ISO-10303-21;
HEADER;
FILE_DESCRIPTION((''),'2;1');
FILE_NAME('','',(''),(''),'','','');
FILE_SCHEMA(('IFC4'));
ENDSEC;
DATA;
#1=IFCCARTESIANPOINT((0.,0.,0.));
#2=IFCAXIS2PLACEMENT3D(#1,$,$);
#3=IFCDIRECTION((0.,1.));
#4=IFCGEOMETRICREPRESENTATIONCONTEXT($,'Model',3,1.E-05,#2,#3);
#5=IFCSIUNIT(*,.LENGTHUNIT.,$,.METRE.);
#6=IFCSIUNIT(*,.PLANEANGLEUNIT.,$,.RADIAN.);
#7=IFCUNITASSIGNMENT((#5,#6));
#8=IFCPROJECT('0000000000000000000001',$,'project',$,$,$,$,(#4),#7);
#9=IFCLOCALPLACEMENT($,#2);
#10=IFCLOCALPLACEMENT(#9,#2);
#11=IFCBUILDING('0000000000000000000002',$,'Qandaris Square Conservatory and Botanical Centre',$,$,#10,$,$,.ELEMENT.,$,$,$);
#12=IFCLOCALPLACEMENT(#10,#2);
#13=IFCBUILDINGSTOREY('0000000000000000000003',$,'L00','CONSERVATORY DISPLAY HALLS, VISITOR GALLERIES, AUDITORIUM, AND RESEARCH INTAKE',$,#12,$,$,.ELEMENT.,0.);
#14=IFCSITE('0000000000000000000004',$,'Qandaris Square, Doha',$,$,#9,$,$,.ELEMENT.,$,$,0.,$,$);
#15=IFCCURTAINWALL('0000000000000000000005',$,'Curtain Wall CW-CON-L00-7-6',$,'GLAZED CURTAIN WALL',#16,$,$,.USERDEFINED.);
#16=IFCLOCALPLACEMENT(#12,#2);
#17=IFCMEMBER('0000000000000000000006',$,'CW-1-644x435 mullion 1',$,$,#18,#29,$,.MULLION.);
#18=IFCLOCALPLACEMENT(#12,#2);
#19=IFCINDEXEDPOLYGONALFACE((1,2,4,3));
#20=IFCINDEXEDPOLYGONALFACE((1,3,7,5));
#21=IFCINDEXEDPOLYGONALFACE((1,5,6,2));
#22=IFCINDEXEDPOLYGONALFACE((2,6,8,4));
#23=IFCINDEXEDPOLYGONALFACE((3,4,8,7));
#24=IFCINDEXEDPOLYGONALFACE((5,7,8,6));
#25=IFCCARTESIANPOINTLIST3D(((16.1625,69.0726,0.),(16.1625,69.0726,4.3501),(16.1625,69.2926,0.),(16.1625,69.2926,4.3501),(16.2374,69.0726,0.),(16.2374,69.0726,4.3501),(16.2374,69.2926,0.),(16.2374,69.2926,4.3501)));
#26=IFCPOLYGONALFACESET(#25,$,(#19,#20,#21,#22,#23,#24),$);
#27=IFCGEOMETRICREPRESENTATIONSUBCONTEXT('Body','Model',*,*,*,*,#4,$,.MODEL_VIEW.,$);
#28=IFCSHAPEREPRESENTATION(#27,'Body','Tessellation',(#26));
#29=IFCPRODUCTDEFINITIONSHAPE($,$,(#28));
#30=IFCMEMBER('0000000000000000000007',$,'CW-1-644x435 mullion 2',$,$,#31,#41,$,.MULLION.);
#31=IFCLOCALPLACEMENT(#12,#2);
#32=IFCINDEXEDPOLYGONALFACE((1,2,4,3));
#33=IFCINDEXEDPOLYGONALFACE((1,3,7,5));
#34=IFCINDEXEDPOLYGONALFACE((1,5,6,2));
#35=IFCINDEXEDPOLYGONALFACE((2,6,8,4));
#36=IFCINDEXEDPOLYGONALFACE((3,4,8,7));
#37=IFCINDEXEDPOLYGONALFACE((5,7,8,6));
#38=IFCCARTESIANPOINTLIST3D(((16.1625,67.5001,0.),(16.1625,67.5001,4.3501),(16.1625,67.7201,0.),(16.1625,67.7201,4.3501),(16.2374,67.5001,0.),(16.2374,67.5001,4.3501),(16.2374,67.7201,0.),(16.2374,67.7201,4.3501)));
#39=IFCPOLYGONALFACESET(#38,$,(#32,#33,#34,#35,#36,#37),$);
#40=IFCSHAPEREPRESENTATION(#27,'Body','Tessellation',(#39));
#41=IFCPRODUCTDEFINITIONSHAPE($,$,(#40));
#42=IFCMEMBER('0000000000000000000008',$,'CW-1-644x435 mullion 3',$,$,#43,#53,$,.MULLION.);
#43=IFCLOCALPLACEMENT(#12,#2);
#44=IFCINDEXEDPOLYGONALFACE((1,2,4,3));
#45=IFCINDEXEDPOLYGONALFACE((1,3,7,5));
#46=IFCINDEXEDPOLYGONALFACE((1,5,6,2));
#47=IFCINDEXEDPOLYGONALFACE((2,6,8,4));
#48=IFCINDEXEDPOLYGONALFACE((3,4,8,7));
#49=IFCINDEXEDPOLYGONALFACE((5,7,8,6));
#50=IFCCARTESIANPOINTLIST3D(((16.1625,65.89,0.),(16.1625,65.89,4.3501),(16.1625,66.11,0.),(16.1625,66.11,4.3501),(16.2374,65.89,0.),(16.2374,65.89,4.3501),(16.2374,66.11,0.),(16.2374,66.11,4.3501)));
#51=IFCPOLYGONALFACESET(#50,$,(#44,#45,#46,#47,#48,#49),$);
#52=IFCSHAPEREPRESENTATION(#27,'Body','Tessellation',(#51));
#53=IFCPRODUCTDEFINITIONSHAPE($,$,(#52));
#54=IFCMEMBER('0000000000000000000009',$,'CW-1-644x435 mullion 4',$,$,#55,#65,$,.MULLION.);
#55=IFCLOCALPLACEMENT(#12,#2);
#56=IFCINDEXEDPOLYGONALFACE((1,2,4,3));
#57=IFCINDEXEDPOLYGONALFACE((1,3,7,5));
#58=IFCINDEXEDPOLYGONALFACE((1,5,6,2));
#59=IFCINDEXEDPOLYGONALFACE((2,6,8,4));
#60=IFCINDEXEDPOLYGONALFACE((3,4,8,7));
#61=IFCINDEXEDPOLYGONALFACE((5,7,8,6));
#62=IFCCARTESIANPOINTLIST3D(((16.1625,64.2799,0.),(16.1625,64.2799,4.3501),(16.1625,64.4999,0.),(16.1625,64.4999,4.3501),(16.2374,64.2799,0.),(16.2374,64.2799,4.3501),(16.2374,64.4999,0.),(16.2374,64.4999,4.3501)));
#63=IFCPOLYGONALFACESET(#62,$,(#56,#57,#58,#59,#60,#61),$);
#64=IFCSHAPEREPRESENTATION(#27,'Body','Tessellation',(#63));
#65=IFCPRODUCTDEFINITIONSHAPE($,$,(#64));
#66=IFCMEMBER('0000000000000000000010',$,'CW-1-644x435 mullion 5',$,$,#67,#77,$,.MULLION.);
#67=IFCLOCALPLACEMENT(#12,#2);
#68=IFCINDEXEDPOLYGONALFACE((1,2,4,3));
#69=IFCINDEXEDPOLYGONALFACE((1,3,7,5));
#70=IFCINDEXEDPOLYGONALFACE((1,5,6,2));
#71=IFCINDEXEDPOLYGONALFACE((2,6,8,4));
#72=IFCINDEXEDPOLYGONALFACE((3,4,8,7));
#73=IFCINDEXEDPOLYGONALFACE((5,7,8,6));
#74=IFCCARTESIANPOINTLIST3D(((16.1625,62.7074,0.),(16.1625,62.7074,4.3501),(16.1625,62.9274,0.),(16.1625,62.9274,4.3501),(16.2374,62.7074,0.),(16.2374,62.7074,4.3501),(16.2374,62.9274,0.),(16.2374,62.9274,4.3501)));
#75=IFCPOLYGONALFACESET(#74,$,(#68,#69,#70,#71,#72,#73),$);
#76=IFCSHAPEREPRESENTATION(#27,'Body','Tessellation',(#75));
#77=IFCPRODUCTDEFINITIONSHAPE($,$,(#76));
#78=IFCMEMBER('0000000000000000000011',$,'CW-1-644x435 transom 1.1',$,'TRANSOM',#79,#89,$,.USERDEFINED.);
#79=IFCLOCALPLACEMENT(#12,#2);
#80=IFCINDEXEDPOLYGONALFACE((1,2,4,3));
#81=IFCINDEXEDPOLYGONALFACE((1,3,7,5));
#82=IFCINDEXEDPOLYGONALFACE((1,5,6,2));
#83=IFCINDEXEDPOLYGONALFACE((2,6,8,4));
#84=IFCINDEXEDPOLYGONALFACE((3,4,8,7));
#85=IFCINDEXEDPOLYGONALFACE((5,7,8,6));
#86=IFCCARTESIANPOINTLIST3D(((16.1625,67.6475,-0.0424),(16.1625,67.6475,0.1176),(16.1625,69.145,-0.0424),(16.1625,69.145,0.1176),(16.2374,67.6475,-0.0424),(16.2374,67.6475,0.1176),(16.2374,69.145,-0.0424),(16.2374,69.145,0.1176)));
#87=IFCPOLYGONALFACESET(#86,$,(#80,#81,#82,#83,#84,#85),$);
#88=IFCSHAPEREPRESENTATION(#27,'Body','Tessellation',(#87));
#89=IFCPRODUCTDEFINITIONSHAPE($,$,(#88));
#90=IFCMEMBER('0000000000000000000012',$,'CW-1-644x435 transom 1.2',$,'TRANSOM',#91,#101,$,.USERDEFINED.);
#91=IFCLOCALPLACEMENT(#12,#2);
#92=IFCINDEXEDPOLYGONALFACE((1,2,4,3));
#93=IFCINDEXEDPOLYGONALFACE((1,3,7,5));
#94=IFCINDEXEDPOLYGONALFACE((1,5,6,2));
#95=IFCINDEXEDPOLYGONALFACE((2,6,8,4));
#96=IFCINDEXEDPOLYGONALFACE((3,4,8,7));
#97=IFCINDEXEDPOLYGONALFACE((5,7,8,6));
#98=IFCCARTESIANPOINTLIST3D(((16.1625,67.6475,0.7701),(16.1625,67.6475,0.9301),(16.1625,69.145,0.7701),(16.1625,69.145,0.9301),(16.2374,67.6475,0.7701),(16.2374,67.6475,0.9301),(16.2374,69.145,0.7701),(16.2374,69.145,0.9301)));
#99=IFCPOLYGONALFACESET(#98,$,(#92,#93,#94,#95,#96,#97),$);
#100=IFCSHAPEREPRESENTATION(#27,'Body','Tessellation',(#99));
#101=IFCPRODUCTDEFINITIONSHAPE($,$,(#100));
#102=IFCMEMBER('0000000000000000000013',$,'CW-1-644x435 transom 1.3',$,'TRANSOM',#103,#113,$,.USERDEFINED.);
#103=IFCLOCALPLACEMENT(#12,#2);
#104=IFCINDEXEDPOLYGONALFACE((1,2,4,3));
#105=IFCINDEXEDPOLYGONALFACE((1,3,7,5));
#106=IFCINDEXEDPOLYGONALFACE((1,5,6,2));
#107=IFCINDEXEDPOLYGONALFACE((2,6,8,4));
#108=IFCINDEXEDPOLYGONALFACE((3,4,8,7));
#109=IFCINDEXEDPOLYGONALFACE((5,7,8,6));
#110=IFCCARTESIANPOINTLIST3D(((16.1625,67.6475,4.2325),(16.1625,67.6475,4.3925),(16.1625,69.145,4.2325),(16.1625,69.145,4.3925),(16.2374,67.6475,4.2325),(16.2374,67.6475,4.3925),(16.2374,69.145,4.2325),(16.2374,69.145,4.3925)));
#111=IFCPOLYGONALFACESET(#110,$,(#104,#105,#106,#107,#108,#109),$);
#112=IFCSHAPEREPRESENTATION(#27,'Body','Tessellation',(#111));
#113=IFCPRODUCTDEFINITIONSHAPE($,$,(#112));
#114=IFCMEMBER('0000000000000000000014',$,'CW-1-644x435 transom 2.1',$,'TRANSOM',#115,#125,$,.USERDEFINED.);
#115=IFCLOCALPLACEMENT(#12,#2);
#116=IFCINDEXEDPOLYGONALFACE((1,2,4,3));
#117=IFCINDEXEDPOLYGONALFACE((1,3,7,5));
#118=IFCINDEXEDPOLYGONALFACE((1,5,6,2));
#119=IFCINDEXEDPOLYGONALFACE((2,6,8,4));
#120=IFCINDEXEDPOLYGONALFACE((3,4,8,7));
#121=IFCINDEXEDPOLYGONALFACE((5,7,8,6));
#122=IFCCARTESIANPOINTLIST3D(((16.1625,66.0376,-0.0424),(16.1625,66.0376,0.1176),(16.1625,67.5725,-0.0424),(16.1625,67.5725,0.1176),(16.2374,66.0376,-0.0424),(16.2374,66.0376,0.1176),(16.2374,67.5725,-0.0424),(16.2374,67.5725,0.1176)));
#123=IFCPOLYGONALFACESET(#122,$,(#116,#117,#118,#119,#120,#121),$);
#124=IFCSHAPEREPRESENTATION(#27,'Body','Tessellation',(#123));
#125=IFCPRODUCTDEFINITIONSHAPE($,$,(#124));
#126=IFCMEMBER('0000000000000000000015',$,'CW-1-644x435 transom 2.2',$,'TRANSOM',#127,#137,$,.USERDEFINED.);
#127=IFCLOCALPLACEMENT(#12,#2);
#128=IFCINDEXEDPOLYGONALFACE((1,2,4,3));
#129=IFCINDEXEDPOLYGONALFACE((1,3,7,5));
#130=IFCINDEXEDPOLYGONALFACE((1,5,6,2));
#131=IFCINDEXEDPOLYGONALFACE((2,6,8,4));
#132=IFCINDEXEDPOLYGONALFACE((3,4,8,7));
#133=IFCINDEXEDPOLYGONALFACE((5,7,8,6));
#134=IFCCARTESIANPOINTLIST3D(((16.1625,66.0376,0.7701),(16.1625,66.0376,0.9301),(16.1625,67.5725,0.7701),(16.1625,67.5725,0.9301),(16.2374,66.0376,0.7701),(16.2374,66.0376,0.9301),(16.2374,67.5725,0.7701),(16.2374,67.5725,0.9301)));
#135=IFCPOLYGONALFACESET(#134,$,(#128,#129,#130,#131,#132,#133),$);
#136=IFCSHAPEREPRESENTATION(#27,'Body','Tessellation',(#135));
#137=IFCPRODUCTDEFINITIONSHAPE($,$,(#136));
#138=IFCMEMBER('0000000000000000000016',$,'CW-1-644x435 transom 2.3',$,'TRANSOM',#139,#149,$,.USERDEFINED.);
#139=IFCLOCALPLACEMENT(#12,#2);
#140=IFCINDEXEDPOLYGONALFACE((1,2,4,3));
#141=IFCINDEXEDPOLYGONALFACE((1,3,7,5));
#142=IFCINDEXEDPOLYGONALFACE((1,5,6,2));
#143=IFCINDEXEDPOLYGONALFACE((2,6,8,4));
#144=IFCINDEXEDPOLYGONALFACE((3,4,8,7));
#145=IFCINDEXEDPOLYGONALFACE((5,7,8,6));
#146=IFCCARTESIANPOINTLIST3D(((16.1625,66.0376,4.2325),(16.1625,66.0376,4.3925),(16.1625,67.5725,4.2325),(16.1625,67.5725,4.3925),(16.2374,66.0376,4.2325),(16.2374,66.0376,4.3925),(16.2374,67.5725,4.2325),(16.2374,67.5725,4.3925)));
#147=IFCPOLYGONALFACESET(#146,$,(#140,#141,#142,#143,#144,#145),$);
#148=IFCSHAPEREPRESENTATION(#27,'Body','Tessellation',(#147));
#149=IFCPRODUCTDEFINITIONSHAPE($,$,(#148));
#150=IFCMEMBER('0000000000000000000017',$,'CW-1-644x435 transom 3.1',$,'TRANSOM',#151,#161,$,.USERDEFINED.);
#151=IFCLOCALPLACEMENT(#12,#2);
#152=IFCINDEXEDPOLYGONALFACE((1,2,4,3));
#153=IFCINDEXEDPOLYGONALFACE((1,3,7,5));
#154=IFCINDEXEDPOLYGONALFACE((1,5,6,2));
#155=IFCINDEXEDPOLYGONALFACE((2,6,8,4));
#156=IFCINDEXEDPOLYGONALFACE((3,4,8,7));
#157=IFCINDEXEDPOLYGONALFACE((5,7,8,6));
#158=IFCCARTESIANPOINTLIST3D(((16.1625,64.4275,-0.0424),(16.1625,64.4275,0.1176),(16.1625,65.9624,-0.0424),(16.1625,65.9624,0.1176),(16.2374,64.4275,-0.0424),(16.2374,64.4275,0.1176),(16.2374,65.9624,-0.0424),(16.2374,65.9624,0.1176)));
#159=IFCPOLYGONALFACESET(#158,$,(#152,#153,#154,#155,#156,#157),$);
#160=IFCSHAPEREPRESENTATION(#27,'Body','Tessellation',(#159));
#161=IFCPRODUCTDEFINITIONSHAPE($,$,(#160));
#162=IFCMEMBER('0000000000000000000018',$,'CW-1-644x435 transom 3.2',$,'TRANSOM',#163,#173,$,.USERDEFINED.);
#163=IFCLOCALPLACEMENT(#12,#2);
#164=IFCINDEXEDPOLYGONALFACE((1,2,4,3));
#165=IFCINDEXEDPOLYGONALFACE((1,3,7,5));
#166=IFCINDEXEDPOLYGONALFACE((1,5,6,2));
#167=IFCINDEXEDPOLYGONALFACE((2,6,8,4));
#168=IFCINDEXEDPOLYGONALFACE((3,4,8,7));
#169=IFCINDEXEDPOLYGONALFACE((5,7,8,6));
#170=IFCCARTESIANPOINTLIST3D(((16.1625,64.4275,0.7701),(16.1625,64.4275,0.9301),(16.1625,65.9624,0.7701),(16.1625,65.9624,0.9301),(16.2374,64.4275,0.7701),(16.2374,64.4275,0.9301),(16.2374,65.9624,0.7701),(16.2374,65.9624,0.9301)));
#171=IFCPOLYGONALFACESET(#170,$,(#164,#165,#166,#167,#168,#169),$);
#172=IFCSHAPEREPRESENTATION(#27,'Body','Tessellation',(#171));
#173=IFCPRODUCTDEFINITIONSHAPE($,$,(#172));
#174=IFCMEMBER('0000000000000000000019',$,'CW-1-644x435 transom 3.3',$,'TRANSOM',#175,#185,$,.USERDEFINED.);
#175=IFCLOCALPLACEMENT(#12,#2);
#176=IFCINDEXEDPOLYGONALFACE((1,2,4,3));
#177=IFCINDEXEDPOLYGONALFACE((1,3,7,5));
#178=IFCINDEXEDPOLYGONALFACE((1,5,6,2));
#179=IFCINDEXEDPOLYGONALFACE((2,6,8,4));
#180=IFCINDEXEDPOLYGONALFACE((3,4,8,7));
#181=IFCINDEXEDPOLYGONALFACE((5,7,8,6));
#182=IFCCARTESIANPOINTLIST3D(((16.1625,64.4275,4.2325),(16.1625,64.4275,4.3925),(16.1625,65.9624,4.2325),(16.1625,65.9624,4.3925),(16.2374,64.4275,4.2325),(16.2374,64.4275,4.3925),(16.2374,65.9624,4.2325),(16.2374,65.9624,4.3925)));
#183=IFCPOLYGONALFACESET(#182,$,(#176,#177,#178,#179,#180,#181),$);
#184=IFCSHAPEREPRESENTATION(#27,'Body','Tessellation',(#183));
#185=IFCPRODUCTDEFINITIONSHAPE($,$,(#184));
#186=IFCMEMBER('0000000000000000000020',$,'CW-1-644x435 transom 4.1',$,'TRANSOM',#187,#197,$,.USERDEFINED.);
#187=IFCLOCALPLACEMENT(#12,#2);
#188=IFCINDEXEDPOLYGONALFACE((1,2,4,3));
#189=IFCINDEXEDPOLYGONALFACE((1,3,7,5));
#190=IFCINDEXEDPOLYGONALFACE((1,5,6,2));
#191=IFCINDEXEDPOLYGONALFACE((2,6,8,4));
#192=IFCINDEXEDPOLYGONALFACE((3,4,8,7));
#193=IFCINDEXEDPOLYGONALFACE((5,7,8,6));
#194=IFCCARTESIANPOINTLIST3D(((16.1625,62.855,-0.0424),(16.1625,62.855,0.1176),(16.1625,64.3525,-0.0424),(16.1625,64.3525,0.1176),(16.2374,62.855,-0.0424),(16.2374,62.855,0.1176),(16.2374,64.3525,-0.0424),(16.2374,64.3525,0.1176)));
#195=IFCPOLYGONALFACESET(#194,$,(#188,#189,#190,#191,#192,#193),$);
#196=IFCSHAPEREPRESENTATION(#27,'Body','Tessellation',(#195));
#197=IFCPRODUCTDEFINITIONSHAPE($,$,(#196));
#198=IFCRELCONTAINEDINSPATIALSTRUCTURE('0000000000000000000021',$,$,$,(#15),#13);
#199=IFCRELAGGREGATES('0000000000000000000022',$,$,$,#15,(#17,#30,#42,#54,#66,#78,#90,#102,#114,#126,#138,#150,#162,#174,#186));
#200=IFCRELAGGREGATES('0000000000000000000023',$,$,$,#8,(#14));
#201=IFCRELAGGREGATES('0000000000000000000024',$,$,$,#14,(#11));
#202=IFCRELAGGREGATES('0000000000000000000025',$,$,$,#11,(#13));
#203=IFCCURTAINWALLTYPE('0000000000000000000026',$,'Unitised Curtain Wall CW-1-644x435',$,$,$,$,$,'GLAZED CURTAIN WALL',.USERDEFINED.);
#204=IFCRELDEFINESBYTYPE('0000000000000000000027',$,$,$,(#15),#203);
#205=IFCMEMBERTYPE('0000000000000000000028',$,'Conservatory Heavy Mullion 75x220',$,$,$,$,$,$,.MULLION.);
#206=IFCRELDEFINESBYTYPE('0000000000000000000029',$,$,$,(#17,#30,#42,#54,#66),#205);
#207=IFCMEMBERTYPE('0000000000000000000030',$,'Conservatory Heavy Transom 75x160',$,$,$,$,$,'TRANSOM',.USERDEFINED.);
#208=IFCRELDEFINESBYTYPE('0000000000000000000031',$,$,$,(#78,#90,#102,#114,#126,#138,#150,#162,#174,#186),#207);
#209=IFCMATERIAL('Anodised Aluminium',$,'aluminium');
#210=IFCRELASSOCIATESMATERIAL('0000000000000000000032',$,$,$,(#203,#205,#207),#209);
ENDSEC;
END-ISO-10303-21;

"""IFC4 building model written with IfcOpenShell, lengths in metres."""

from ifc_helpers import new_model, si_unit, direction, frame, origin, origin_2d, place, context, subcontext, project, spatial, rectangle, extrude, material, material_profile, profile_set, type_object, element, aggregate, save


model = new_model("IFC4")

# Units and contexts
model_context = context("Model", 3, precision=1e-05, world=origin(), true_north=direction((0.0, 1.0)))
body_context = subcontext(model_context, "Body", "Model", "MODEL_VIEW")
ifc_project = project(units=[si_unit("LENGTHUNIT", "METRE"), si_unit("PLANEANGLEUNIT", "RADIAN")], contexts=[model_context])

# Site, building, storey
site_placement = place(None, origin())
site = spatial("IfcSite", under=ifc_project, at=site_placement, Name="Qandaris Square, Doha", CompositionType="ELEMENT", RefElevation=0.0)
building_placement = place(site_placement, origin())
building = spatial("IfcBuilding", under=site, at=building_placement, Name="Qandaris Square Conservatory and Botanical Centre", CompositionType="ELEMENT")
storey_placement = place(building_placement, origin())
storey = spatial("IfcBuildingStorey", under=building, at=storey_placement, Name="L00", Description="CONSERVATORY DISPLAY HALLS, VISITOR GALLERIES, AUDITORIUM, AND RESEARCH INTAKE", CompositionType="ELEMENT", Elevation=0.0)

# Curtain wall, members
ifc_material_1 = material(Name="Anodised Aluminium", Category="aluminium")
curtain_wall_type = type_object("IfcCurtainWallType", Name="Unitised Curtain Wall CW-1-644x435", ElementType="GLAZED CURTAIN WALL", PredefinedType="USERDEFINED", material=ifc_material_1)
curtain_wall_placement = place(storey_placement, origin())
curtain_wall = element("IfcCurtainWall", 1, at=curtain_wall_placement, inside=storey, type_object=curtain_wall_type, Name="Curtain Wall CW-CON-L00-7-6", ObjectType="GLAZED CURTAIN WALL", PredefinedType="USERDEFINED")
ifc_material_profile_1 = material_profile(ifc_material_1, rectangle(XDim=0.075, YDim=0.22, at=origin_2d()), Name="ALU-MUL 75x220")
ifc_profile_set_1 = profile_set([ifc_material_profile_1], Name="Anodised Aluminium")
member_type_1 = type_object("IfcMemberType", Name="Conservatory Heavy Mullion 75x220", PredefinedType="MULLION", material=ifc_profile_set_1)
member_1_placement = place(storey_placement, frame((16.2, 69.1826, 0.0), z_axis=(0.0, 0.0, 1.0), x_axis=(1.0, 0.0, 0.0)))
member_1 = element("IfcMember", 2, at=member_1_placement, type_object=member_type_1, Name="CW-1-644x435 mullion 1", PredefinedType="MULLION", context=body_context, shape_type="SweptSolid", body=[
    extrude(rectangle(XDim=0.075, YDim=0.22, at=origin_2d()), origin(), (0.0, 0.0, 1.0), 4.3501),
])
member_2_placement = place(storey_placement, frame((16.2, 67.6101, 0.0), z_axis=(0.0, 0.0, 1.0), x_axis=(1.0, 0.0, 0.0)))
member_2 = element("IfcMember", 3, at=member_2_placement, type_object=member_type_1, Name="CW-1-644x435 mullion 2", PredefinedType="MULLION", context=body_context, shape_type="SweptSolid", body=[
    extrude(rectangle(XDim=0.075, YDim=0.22, at=origin_2d()), origin(), (0.0, 0.0, 1.0), 4.3501),
])
member_3_placement = place(storey_placement, frame((16.2, 66.0, 0.0), z_axis=(0.0, 0.0, 1.0), x_axis=(1.0, 0.0, 0.0)))
member_3 = element("IfcMember", 4, at=member_3_placement, type_object=member_type_1, Name="CW-1-644x435 mullion 3", PredefinedType="MULLION", context=body_context, shape_type="SweptSolid", body=[
    extrude(rectangle(XDim=0.075, YDim=0.22, at=origin_2d()), origin(), (0.0, 0.0, 1.0), 4.3501),
])
member_4_placement = place(storey_placement, frame((16.2, 64.3899, 0.0), z_axis=(0.0, 0.0, 1.0), x_axis=(1.0, 0.0, 0.0)))
member_4 = element("IfcMember", 5, at=member_4_placement, type_object=member_type_1, Name="CW-1-644x435 mullion 4", PredefinedType="MULLION", context=body_context, shape_type="SweptSolid", body=[
    extrude(rectangle(XDim=0.075, YDim=0.22, at=origin_2d()), origin(), (0.0, 0.0, 1.0), 4.3501),
])
member_5_placement = place(storey_placement, frame((16.2, 62.8174, 0.0), z_axis=(0.0, 0.0, 1.0), x_axis=(1.0, 0.0, 0.0)))
member_5 = element("IfcMember", 6, at=member_5_placement, type_object=member_type_1, Name="CW-1-644x435 mullion 5", PredefinedType="MULLION", context=body_context, shape_type="SweptSolid", body=[
    extrude(rectangle(XDim=0.075, YDim=0.22, at=origin_2d()), origin(), (0.0, 0.0, 1.0), 4.3501),
])
ifc_material_profile_2 = material_profile(ifc_material_1, rectangle(XDim=0.075, YDim=0.1599, at=origin_2d()), Name="ALU-TRN 75x160")
ifc_profile_set_2 = profile_set([ifc_material_profile_2], Name="Anodised Aluminium")
member_type_2 = type_object("IfcMemberType", Name="Conservatory Heavy Transom 75x160", ElementType="TRANSOM", PredefinedType="USERDEFINED", material=ifc_profile_set_2)
member_6_placement = place(storey_placement, frame((16.2, 69.145, 0.0376), z_axis=(0.0, -1.0, 0.0), x_axis=(1.0, 0.0, 0.0)))
member_6 = element("IfcMember", 7, at=member_6_placement, type_object=member_type_2, Name="CW-1-644x435 transom 1.1", ObjectType="TRANSOM", PredefinedType="USERDEFINED", context=body_context, shape_type="SweptSolid", body=[
    extrude(rectangle(XDim=0.075, YDim=0.1599, at=origin_2d()), origin(), (0.0, 0.0, 1.0), 1.4976),
])
member_7_placement = place(storey_placement, frame((16.2, 69.145, 0.8501), z_axis=(0.0, -1.0, 0.0), x_axis=(1.0, 0.0, 0.0)))
member_7 = element("IfcMember", 8, at=member_7_placement, type_object=member_type_2, Name="CW-1-644x435 transom 1.2", ObjectType="TRANSOM", PredefinedType="USERDEFINED", context=body_context, shape_type="SweptSolid", body=[
    extrude(rectangle(XDim=0.075, YDim=0.1599, at=origin_2d()), origin(), (0.0, 0.0, 1.0), 1.4976),
])
member_8_placement = place(storey_placement, frame((16.2, 69.145, 4.3125), z_axis=(0.0, -1.0, 0.0), x_axis=(1.0, 0.0, 0.0)))
member_8 = element("IfcMember", 9, at=member_8_placement, type_object=member_type_2, Name="CW-1-644x435 transom 1.3", ObjectType="TRANSOM", PredefinedType="USERDEFINED", context=body_context, shape_type="SweptSolid", body=[
    extrude(rectangle(XDim=0.075, YDim=0.1599, at=origin_2d()), origin(), (0.0, 0.0, 1.0), 1.4976),
])
member_9_placement = place(storey_placement, frame((16.2, 67.5725, 0.0376), z_axis=(0.0, -1.0, 0.0), x_axis=(1.0, 0.0, 0.0)))
member_9 = element("IfcMember", 10, at=member_9_placement, type_object=member_type_2, Name="CW-1-644x435 transom 2.1", ObjectType="TRANSOM", PredefinedType="USERDEFINED", context=body_context, shape_type="SweptSolid", body=[
    extrude(rectangle(XDim=0.075, YDim=0.1599, at=origin_2d()), origin(), (0.0, 0.0, 1.0), 1.5349),
])
member_10_placement = place(storey_placement, frame((16.2, 67.5725, 0.8501), z_axis=(0.0, -1.0, 0.0), x_axis=(1.0, 0.0, 0.0)))
member_10 = element("IfcMember", 11, at=member_10_placement, type_object=member_type_2, Name="CW-1-644x435 transom 2.2", ObjectType="TRANSOM", PredefinedType="USERDEFINED", context=body_context, shape_type="SweptSolid", body=[
    extrude(rectangle(XDim=0.075, YDim=0.1599, at=origin_2d()), origin(), (0.0, 0.0, 1.0), 1.5349),
])
member_11_placement = place(storey_placement, frame((16.2, 67.5725, 4.3125), z_axis=(0.0, -1.0, 0.0), x_axis=(1.0, 0.0, 0.0)))
member_11 = element("IfcMember", 12, at=member_11_placement, type_object=member_type_2, Name="CW-1-644x435 transom 2.3", ObjectType="TRANSOM", PredefinedType="USERDEFINED", context=body_context, shape_type="SweptSolid", body=[
    extrude(rectangle(XDim=0.075, YDim=0.1599, at=origin_2d()), origin(), (0.0, 0.0, 1.0), 1.5349),
])
member_12_placement = place(storey_placement, frame((16.2, 65.9624, 0.0376), z_axis=(0.0, -1.0, 0.0), x_axis=(1.0, 0.0, 0.0)))
member_12 = element("IfcMember", 13, at=member_12_placement, type_object=member_type_2, Name="CW-1-644x435 transom 3.1", ObjectType="TRANSOM", PredefinedType="USERDEFINED", context=body_context, shape_type="SweptSolid", body=[
    extrude(rectangle(XDim=0.075, YDim=0.1599, at=origin_2d()), origin(), (0.0, 0.0, 1.0), 1.5349),
])
member_13_placement = place(storey_placement, frame((16.2, 65.9624, 0.8501), z_axis=(0.0, -1.0, 0.0), x_axis=(1.0, 0.0, 0.0)))
member_13 = element("IfcMember", 14, at=member_13_placement, type_object=member_type_2, Name="CW-1-644x435 transom 3.2", ObjectType="TRANSOM", PredefinedType="USERDEFINED", context=body_context, shape_type="SweptSolid", body=[
    extrude(rectangle(XDim=0.075, YDim=0.1599, at=origin_2d()), origin(), (0.0, 0.0, 1.0), 1.5349),
])
member_14_placement = place(storey_placement, frame((16.2, 65.9624, 4.3125), z_axis=(0.0, -1.0, 0.0), x_axis=(1.0, 0.0, 0.0)))
member_14 = element("IfcMember", 15, at=member_14_placement, type_object=member_type_2, Name="CW-1-644x435 transom 3.3", ObjectType="TRANSOM", PredefinedType="USERDEFINED", context=body_context, shape_type="SweptSolid", body=[
    extrude(rectangle(XDim=0.075, YDim=0.1599, at=origin_2d()), origin(), (0.0, 0.0, 1.0), 1.5349),
])
member_15_placement = place(storey_placement, frame((16.2, 64.3525, 0.0376), z_axis=(0.0, -1.0, 0.0), x_axis=(1.0, 0.0, 0.0)))
member_15 = element("IfcMember", 16, at=member_15_placement, type_object=member_type_2, Name="CW-1-644x435 transom 4.1", ObjectType="TRANSOM", PredefinedType="USERDEFINED", context=body_context, shape_type="SweptSolid", body=[
    extrude(rectangle(XDim=0.075, YDim=0.1599, at=origin_2d()), origin(), (0.0, 0.0, 1.0), 1.4976),
])

aggregate(curtain_wall, [member_1, member_2, member_3, member_4, member_5, member_6, member_7, member_8, member_9, member_10, member_11, member_12, member_13, member_14, member_15])

save(model, "model.ifc")
